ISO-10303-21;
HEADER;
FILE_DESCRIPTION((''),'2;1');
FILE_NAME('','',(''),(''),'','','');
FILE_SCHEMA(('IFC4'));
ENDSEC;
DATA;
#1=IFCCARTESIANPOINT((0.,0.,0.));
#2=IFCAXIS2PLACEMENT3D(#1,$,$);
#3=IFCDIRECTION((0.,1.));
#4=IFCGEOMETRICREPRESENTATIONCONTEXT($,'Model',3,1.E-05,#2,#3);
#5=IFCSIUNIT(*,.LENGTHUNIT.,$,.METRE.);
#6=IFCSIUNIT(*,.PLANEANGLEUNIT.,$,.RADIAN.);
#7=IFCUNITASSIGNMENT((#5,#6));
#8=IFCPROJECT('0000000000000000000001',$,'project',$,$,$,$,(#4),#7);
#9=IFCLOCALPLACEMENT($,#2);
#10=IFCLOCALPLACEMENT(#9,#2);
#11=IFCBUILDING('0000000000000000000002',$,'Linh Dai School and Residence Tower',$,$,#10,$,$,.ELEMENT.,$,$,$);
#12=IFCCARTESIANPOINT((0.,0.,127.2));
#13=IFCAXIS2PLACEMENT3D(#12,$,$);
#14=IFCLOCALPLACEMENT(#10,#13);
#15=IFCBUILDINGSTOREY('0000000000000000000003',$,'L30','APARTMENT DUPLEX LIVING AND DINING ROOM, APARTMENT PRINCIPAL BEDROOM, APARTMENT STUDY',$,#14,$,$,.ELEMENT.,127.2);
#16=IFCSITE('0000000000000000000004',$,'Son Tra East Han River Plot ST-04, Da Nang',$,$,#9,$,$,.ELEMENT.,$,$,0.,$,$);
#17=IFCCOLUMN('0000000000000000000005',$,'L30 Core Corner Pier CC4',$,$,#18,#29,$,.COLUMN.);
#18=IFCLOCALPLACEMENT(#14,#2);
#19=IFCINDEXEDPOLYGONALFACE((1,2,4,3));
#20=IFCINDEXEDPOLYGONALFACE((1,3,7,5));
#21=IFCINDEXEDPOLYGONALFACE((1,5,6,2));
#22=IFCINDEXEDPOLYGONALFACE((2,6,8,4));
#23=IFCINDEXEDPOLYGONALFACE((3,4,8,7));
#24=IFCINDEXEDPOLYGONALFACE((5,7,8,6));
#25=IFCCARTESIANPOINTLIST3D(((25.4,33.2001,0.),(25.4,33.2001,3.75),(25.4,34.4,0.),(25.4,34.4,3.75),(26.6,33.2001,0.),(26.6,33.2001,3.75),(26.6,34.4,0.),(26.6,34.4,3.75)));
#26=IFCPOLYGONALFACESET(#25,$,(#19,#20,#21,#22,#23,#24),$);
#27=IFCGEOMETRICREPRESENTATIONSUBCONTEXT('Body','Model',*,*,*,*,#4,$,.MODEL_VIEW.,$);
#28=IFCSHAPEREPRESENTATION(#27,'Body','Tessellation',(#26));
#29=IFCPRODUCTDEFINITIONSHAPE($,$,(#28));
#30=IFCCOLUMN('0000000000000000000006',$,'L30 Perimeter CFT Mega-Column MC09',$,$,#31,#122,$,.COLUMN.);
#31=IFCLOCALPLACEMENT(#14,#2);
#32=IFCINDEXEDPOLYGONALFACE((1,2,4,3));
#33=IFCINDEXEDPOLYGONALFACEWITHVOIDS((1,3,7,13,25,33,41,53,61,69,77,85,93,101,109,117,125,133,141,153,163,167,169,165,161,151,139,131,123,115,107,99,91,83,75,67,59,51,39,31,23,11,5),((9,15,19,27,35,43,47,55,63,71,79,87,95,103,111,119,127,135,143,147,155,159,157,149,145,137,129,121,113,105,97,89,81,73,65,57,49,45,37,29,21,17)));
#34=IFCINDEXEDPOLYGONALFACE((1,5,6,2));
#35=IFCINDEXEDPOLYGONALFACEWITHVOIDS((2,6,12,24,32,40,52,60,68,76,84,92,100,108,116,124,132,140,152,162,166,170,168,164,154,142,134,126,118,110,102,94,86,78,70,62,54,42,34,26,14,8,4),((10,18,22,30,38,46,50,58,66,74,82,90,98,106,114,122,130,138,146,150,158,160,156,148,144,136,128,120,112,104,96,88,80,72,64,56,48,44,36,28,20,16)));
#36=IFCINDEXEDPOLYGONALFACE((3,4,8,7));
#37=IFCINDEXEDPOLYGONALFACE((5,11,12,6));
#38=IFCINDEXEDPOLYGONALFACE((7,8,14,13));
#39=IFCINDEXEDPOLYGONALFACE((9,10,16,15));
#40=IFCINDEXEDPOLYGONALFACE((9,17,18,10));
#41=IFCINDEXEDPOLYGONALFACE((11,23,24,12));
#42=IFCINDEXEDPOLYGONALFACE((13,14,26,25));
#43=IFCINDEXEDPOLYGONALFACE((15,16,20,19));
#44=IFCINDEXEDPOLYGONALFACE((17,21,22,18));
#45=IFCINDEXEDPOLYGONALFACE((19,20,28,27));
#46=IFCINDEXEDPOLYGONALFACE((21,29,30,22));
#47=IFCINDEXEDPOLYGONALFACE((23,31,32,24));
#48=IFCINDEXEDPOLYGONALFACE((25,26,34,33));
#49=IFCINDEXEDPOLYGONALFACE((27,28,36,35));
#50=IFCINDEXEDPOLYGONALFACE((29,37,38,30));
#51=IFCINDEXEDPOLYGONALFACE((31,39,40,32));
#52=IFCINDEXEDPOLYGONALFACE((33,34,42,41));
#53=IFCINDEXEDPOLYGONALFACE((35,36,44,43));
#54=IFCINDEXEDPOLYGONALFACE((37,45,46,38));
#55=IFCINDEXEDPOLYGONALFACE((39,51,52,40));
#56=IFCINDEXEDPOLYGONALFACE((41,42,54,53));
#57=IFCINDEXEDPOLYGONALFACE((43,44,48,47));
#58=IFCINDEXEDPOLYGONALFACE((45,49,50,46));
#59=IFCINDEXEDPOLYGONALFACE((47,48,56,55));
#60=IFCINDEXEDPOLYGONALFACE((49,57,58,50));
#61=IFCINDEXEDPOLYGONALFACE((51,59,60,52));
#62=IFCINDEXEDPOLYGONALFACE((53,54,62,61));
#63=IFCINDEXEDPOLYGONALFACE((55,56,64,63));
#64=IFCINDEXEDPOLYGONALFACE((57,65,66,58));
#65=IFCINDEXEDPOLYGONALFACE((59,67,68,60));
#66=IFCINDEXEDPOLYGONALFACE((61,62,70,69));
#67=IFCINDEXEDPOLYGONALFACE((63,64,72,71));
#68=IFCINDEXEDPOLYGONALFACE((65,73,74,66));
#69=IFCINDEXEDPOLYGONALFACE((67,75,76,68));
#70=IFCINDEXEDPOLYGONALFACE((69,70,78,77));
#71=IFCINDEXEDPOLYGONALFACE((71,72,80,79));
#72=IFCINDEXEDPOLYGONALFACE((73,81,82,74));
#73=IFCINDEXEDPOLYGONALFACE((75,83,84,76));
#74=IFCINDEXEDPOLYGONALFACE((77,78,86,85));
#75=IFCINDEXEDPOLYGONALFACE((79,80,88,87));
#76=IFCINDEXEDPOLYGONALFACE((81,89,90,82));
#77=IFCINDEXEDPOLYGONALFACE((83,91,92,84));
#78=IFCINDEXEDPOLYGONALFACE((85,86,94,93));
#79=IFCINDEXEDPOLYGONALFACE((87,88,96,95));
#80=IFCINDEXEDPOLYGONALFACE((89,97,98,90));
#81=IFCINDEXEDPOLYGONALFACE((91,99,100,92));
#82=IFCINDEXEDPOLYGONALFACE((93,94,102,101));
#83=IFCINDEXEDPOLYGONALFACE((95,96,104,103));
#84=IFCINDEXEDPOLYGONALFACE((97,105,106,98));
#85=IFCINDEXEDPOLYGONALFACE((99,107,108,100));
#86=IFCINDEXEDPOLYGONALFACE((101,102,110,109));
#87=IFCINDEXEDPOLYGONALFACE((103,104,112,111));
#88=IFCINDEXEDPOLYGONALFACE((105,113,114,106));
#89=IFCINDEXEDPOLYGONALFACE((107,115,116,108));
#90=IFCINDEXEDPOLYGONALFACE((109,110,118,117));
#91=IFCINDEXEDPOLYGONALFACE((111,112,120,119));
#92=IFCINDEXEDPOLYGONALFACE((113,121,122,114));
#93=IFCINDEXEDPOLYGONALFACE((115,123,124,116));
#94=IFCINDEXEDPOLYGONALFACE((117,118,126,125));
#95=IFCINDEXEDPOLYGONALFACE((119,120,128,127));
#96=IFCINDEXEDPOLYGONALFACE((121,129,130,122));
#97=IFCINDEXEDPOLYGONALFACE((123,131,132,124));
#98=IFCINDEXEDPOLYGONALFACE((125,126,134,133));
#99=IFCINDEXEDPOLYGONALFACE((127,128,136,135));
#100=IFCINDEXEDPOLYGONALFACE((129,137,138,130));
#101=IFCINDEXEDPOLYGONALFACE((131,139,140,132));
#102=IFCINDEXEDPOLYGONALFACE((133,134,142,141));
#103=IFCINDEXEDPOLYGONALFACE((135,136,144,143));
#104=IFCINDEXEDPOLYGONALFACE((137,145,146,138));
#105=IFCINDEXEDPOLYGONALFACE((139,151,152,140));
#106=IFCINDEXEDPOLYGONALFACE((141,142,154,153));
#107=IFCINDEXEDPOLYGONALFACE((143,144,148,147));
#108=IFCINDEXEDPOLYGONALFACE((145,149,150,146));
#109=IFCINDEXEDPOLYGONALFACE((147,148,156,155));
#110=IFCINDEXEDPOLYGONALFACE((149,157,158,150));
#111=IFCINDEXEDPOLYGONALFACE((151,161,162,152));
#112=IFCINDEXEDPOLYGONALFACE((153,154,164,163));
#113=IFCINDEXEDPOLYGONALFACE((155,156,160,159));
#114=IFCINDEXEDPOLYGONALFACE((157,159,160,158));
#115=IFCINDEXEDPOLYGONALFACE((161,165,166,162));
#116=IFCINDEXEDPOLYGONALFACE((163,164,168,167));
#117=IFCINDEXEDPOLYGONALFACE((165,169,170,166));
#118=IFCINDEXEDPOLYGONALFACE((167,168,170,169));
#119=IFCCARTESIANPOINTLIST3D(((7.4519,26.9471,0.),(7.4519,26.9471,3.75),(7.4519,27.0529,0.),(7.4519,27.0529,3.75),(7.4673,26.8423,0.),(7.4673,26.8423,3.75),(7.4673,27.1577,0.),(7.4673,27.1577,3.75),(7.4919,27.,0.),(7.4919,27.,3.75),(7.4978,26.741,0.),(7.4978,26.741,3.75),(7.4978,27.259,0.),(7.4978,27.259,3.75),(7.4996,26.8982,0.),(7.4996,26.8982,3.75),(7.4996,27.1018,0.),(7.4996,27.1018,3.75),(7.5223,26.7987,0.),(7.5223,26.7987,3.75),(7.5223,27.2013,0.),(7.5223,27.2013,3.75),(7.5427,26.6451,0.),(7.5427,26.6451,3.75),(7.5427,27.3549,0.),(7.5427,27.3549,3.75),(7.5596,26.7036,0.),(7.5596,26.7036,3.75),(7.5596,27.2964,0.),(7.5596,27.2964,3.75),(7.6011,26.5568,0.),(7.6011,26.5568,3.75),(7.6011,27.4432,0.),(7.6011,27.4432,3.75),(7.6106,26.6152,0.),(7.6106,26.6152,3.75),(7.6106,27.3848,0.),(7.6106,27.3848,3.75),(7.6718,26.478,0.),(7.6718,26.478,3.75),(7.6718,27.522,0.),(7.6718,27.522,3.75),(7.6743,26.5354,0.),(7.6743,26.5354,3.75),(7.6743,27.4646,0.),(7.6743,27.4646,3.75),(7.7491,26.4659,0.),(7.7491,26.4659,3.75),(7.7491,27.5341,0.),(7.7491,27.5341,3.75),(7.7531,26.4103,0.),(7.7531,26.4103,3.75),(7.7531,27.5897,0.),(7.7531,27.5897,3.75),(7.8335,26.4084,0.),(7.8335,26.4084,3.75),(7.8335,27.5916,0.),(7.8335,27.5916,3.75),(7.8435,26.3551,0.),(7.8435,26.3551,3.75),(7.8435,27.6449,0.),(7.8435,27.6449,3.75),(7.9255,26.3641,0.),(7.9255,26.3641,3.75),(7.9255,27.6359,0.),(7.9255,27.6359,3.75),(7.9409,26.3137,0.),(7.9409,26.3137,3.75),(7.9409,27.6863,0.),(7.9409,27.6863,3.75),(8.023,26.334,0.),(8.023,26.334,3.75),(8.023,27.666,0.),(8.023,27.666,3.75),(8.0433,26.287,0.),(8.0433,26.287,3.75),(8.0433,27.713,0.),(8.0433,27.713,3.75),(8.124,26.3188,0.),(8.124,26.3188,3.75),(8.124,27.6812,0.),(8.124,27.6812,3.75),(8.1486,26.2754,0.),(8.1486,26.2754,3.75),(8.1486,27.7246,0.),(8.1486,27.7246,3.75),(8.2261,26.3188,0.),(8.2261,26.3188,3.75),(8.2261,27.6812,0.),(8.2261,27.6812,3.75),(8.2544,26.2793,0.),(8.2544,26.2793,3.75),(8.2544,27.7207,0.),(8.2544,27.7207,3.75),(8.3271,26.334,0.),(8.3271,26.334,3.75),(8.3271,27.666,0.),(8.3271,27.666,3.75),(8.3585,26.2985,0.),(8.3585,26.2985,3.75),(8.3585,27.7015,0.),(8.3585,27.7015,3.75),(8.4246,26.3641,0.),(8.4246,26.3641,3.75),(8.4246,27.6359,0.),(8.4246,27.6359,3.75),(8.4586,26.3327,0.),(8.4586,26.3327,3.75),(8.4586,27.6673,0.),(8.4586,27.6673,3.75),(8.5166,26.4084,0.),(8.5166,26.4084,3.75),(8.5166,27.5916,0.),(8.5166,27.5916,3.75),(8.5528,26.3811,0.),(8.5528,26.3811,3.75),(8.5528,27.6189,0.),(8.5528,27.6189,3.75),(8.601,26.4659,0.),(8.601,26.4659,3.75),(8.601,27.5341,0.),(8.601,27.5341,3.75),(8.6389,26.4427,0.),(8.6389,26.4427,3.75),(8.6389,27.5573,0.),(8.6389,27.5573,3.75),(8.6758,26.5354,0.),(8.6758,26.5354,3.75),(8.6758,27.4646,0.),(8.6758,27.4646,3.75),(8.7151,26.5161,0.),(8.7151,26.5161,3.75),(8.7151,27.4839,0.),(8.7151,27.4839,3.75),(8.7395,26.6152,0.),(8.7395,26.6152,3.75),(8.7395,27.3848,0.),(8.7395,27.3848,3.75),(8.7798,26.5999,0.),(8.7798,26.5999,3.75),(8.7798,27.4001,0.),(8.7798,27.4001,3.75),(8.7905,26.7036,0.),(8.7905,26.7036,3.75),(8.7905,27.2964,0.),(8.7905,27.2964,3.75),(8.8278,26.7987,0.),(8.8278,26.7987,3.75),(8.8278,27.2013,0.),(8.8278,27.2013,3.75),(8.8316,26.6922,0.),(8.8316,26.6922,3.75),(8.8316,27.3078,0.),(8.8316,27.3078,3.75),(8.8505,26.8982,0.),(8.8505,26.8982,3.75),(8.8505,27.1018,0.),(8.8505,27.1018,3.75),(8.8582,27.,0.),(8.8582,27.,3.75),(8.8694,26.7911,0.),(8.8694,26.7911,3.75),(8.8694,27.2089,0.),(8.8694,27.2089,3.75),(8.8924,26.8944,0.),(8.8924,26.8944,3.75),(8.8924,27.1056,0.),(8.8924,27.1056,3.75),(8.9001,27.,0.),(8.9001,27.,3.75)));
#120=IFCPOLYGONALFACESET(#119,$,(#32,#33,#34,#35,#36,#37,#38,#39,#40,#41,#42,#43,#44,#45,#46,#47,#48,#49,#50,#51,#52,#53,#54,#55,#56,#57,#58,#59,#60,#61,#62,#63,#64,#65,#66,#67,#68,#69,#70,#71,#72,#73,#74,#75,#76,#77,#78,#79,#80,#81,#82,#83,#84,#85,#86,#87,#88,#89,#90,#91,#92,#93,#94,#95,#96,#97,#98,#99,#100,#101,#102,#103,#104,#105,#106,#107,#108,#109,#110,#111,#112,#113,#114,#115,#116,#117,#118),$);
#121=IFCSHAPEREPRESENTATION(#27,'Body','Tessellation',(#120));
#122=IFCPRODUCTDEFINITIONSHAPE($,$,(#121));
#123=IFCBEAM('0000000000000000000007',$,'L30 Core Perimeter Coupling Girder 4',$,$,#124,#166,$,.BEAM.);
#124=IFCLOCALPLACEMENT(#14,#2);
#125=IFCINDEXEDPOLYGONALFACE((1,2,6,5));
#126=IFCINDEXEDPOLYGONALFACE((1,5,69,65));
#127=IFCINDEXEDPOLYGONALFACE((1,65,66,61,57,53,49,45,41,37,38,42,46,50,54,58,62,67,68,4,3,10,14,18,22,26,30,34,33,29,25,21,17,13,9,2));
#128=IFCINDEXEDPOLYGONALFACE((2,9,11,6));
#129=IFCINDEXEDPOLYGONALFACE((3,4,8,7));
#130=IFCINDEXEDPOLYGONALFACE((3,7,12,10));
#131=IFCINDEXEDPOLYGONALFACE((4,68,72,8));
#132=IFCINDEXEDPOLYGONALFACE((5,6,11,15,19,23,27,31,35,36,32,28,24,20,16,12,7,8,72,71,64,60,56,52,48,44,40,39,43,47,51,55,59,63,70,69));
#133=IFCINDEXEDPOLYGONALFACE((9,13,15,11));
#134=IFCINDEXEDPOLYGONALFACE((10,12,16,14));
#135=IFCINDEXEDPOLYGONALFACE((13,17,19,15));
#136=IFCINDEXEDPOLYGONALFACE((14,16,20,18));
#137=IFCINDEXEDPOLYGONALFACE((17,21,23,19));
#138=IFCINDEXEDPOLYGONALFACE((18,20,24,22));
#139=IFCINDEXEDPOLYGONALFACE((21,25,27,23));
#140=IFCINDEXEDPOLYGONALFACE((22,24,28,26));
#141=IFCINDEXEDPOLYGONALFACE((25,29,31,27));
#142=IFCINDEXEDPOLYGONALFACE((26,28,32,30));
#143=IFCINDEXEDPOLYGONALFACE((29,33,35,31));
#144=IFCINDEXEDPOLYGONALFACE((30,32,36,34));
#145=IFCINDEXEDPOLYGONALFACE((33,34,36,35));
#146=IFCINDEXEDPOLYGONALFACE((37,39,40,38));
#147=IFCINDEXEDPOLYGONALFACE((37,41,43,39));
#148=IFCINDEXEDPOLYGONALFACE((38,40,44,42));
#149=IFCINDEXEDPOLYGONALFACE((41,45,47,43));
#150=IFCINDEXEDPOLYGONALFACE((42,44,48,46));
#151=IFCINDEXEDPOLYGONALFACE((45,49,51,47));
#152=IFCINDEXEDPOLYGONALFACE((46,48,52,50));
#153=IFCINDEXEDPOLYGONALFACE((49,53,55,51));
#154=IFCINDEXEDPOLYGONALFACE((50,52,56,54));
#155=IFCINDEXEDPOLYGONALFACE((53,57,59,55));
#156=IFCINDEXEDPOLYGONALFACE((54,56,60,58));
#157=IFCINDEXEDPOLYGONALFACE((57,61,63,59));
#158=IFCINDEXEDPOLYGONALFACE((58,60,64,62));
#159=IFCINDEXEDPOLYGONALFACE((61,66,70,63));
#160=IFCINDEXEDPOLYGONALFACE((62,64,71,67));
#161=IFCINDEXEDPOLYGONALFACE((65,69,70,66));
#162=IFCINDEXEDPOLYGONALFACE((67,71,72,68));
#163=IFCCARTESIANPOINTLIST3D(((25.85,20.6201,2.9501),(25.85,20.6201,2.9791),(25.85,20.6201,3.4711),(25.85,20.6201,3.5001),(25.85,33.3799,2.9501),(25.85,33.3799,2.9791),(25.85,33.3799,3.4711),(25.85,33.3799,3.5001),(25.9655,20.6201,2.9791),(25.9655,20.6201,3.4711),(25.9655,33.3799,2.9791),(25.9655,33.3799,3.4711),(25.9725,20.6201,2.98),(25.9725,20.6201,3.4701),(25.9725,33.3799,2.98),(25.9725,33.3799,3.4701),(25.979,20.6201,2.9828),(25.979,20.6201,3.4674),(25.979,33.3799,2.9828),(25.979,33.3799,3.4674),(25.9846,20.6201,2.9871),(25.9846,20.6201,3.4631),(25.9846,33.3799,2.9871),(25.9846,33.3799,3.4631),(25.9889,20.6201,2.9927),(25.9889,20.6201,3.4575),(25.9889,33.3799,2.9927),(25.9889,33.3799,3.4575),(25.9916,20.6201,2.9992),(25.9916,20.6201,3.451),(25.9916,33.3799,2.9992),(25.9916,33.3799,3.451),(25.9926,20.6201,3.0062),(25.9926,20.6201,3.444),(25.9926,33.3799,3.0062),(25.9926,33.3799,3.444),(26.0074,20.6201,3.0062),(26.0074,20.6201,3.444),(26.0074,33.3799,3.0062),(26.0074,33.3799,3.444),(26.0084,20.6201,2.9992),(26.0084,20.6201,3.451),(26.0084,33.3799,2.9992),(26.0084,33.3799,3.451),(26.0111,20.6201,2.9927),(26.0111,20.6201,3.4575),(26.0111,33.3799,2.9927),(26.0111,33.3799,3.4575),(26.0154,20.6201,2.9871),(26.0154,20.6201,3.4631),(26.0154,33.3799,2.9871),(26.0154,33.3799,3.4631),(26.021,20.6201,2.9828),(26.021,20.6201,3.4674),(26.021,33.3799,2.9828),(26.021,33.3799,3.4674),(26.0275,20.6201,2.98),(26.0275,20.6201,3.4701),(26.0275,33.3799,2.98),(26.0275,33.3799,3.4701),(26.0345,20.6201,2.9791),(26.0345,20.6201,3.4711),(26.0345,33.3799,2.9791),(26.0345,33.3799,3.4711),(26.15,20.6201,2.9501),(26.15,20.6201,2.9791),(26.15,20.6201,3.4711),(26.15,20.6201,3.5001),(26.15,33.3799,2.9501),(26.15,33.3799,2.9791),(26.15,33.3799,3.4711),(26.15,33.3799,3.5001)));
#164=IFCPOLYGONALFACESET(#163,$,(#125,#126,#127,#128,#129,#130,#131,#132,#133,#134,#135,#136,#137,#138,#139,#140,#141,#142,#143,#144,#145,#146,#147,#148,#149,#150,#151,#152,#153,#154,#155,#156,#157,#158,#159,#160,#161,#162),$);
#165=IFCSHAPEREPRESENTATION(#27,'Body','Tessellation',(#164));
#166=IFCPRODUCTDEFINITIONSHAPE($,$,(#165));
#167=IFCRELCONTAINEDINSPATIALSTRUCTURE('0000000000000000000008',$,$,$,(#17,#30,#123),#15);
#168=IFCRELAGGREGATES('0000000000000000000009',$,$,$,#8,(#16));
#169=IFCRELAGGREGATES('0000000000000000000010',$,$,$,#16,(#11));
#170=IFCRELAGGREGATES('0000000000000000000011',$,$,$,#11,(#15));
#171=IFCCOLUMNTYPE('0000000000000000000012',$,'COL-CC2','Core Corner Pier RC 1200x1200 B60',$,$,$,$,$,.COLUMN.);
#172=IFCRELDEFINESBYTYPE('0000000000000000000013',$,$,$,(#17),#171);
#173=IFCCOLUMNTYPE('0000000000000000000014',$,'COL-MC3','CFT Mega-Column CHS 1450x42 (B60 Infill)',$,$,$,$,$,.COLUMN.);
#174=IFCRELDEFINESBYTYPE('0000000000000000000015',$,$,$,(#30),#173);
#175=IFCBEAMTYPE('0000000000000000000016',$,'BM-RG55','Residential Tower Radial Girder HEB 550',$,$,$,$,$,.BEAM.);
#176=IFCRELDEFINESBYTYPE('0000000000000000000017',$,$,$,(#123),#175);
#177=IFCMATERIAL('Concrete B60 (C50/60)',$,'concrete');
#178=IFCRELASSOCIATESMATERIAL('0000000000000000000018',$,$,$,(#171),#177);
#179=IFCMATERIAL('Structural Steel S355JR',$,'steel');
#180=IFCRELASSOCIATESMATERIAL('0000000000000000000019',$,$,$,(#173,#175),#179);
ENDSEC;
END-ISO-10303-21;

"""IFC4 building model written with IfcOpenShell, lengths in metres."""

from ifc_helpers import new_model, si_unit, direction, frame, origin, origin_2d, place, context, subcontext, project, spatial, rectangle, hollow_circle, i_section, extrude, material, material_profile, profile_set, type_object, element, save


model = new_model("IFC4")

# Units and contexts
model_context = context("Model", 3, precision=1e-05, world=origin(), true_north=direction((0.0, 1.0)))
body_context = subcontext(model_context, "Body", "Model", "MODEL_VIEW")
ifc_project = project(units=[si_unit("LENGTHUNIT", "METRE"), si_unit("PLANEANGLEUNIT", "RADIAN")], contexts=[model_context])

# Site, building, storey
site_placement = place(None, origin())
site = spatial("IfcSite", under=ifc_project, at=site_placement, Name="Son Tra East Han River Plot ST-04, Da Nang", CompositionType="ELEMENT", RefElevation=0.0)
building_placement = place(site_placement, origin())
building = spatial("IfcBuilding", under=site, at=building_placement, Name="Linh Dai School and Residence Tower", CompositionType="ELEMENT")
storey_placement = place(building_placement, frame((0.0, 0.0, 127.2)))
storey = spatial("IfcBuildingStorey", under=building, at=storey_placement, Name="L30", Description="APARTMENT DUPLEX LIVING AND DINING ROOM, APARTMENT PRINCIPAL BEDROOM, APARTMENT STUDY", CompositionType="ELEMENT", Elevation=127.2)

# Columns
ifc_material_1 = material(Name="Concrete B60 (C50/60)", Category="concrete")
ifc_material_profile_1 = material_profile(ifc_material_1, rectangle(XDim=1.2, YDim=1.2, at=origin_2d()), Name="RC 1200x1200")
ifc_profile_set_1 = profile_set([ifc_material_profile_1], Name="Concrete B60 (C50/60)")
column_type_1 = type_object("IfcColumnType", Name="COL-CC2", Description="Core Corner Pier RC 1200x1200 B60", PredefinedType="COLUMN", material=ifc_profile_set_1)
column_1_placement = place(storey_placement, frame((26.0, 33.8, 0.0), z_axis=(0.0, 0.0, 1.0), x_axis=(1.0, 0.0, 0.0)))
element("IfcColumn", 1, at=column_1_placement, inside=storey, type_object=column_type_1, Name="L30 Core Corner Pier CC4", PredefinedType="COLUMN", context=body_context, shape_type="SweptSolid", body=[
    extrude(rectangle(XDim=1.2, YDim=1.2, at=origin_2d()), origin(), (0.0, 0.0, 1.0), 3.75),
])
ifc_material_2 = material(Name="Structural Steel S355JR", Category="steel")
ifc_material_profile_2 = material_profile(ifc_material_2, hollow_circle(Radius=0.7251, WallThickness=0.042, at=origin_2d()), Name="CHS 1450x42")
ifc_profile_set_2 = profile_set([ifc_material_profile_2], Name="Structural Steel S355JR")
column_type_2 = type_object("IfcColumnType", Name="COL-MC3", Description="CFT Mega-Column CHS 1450x42 (B60 Infill)", PredefinedType="COLUMN", material=ifc_profile_set_2)
column_2_placement = place(storey_placement, frame((8.175, 27.0, 0.0), z_axis=(0.0, 0.0, 1.0), x_axis=(1.0, 0.0, 0.0)))
element("IfcColumn", 2, at=column_2_placement, inside=storey, type_object=column_type_2, Name="L30 Perimeter CFT Mega-Column MC09", PredefinedType="COLUMN", context=body_context, shape_type="SweptSolid", body=[
    extrude(hollow_circle(Radius=0.7251, WallThickness=0.042, at=origin_2d()), origin(), (0.0, 0.0, 1.0), 3.75),
])

# Beam
ifc_material_profile_3 = material_profile(ifc_material_2, i_section(OverallWidth=0.3, OverallDepth=0.55, WebThickness=0.0149, FlangeThickness=0.0291, FilletRadius=0.0271, at=origin_2d()), Name="HEB 550")
ifc_profile_set_3 = profile_set([ifc_material_profile_3], Name="Structural Steel S355JR")
beam_type_1 = type_object("IfcBeamType", Name="BM-RG55", Description="Residential Tower Radial Girder HEB 550", PredefinedType="BEAM", material=ifc_profile_set_3)
beam_1_placement = place(storey_placement, frame((26.0, 33.3799, 3.2251), z_axis=(0.0, -1.0, 0.0), x_axis=(1.0, 0.0, 0.0)))
element("IfcBeam", 3, at=beam_1_placement, inside=storey, type_object=beam_type_1, Name="L30 Core Perimeter Coupling Girder 4", PredefinedType="BEAM", context=body_context, shape_type="SweptSolid", body=[
    extrude(i_section(OverallWidth=0.3, OverallDepth=0.55, WebThickness=0.0149, FlangeThickness=0.0291, FilletRadius=0.0271, at=origin_2d()), origin(), (0.0, 0.0, 1.0), 12.7598),
])

save(model, "model.ifc")
